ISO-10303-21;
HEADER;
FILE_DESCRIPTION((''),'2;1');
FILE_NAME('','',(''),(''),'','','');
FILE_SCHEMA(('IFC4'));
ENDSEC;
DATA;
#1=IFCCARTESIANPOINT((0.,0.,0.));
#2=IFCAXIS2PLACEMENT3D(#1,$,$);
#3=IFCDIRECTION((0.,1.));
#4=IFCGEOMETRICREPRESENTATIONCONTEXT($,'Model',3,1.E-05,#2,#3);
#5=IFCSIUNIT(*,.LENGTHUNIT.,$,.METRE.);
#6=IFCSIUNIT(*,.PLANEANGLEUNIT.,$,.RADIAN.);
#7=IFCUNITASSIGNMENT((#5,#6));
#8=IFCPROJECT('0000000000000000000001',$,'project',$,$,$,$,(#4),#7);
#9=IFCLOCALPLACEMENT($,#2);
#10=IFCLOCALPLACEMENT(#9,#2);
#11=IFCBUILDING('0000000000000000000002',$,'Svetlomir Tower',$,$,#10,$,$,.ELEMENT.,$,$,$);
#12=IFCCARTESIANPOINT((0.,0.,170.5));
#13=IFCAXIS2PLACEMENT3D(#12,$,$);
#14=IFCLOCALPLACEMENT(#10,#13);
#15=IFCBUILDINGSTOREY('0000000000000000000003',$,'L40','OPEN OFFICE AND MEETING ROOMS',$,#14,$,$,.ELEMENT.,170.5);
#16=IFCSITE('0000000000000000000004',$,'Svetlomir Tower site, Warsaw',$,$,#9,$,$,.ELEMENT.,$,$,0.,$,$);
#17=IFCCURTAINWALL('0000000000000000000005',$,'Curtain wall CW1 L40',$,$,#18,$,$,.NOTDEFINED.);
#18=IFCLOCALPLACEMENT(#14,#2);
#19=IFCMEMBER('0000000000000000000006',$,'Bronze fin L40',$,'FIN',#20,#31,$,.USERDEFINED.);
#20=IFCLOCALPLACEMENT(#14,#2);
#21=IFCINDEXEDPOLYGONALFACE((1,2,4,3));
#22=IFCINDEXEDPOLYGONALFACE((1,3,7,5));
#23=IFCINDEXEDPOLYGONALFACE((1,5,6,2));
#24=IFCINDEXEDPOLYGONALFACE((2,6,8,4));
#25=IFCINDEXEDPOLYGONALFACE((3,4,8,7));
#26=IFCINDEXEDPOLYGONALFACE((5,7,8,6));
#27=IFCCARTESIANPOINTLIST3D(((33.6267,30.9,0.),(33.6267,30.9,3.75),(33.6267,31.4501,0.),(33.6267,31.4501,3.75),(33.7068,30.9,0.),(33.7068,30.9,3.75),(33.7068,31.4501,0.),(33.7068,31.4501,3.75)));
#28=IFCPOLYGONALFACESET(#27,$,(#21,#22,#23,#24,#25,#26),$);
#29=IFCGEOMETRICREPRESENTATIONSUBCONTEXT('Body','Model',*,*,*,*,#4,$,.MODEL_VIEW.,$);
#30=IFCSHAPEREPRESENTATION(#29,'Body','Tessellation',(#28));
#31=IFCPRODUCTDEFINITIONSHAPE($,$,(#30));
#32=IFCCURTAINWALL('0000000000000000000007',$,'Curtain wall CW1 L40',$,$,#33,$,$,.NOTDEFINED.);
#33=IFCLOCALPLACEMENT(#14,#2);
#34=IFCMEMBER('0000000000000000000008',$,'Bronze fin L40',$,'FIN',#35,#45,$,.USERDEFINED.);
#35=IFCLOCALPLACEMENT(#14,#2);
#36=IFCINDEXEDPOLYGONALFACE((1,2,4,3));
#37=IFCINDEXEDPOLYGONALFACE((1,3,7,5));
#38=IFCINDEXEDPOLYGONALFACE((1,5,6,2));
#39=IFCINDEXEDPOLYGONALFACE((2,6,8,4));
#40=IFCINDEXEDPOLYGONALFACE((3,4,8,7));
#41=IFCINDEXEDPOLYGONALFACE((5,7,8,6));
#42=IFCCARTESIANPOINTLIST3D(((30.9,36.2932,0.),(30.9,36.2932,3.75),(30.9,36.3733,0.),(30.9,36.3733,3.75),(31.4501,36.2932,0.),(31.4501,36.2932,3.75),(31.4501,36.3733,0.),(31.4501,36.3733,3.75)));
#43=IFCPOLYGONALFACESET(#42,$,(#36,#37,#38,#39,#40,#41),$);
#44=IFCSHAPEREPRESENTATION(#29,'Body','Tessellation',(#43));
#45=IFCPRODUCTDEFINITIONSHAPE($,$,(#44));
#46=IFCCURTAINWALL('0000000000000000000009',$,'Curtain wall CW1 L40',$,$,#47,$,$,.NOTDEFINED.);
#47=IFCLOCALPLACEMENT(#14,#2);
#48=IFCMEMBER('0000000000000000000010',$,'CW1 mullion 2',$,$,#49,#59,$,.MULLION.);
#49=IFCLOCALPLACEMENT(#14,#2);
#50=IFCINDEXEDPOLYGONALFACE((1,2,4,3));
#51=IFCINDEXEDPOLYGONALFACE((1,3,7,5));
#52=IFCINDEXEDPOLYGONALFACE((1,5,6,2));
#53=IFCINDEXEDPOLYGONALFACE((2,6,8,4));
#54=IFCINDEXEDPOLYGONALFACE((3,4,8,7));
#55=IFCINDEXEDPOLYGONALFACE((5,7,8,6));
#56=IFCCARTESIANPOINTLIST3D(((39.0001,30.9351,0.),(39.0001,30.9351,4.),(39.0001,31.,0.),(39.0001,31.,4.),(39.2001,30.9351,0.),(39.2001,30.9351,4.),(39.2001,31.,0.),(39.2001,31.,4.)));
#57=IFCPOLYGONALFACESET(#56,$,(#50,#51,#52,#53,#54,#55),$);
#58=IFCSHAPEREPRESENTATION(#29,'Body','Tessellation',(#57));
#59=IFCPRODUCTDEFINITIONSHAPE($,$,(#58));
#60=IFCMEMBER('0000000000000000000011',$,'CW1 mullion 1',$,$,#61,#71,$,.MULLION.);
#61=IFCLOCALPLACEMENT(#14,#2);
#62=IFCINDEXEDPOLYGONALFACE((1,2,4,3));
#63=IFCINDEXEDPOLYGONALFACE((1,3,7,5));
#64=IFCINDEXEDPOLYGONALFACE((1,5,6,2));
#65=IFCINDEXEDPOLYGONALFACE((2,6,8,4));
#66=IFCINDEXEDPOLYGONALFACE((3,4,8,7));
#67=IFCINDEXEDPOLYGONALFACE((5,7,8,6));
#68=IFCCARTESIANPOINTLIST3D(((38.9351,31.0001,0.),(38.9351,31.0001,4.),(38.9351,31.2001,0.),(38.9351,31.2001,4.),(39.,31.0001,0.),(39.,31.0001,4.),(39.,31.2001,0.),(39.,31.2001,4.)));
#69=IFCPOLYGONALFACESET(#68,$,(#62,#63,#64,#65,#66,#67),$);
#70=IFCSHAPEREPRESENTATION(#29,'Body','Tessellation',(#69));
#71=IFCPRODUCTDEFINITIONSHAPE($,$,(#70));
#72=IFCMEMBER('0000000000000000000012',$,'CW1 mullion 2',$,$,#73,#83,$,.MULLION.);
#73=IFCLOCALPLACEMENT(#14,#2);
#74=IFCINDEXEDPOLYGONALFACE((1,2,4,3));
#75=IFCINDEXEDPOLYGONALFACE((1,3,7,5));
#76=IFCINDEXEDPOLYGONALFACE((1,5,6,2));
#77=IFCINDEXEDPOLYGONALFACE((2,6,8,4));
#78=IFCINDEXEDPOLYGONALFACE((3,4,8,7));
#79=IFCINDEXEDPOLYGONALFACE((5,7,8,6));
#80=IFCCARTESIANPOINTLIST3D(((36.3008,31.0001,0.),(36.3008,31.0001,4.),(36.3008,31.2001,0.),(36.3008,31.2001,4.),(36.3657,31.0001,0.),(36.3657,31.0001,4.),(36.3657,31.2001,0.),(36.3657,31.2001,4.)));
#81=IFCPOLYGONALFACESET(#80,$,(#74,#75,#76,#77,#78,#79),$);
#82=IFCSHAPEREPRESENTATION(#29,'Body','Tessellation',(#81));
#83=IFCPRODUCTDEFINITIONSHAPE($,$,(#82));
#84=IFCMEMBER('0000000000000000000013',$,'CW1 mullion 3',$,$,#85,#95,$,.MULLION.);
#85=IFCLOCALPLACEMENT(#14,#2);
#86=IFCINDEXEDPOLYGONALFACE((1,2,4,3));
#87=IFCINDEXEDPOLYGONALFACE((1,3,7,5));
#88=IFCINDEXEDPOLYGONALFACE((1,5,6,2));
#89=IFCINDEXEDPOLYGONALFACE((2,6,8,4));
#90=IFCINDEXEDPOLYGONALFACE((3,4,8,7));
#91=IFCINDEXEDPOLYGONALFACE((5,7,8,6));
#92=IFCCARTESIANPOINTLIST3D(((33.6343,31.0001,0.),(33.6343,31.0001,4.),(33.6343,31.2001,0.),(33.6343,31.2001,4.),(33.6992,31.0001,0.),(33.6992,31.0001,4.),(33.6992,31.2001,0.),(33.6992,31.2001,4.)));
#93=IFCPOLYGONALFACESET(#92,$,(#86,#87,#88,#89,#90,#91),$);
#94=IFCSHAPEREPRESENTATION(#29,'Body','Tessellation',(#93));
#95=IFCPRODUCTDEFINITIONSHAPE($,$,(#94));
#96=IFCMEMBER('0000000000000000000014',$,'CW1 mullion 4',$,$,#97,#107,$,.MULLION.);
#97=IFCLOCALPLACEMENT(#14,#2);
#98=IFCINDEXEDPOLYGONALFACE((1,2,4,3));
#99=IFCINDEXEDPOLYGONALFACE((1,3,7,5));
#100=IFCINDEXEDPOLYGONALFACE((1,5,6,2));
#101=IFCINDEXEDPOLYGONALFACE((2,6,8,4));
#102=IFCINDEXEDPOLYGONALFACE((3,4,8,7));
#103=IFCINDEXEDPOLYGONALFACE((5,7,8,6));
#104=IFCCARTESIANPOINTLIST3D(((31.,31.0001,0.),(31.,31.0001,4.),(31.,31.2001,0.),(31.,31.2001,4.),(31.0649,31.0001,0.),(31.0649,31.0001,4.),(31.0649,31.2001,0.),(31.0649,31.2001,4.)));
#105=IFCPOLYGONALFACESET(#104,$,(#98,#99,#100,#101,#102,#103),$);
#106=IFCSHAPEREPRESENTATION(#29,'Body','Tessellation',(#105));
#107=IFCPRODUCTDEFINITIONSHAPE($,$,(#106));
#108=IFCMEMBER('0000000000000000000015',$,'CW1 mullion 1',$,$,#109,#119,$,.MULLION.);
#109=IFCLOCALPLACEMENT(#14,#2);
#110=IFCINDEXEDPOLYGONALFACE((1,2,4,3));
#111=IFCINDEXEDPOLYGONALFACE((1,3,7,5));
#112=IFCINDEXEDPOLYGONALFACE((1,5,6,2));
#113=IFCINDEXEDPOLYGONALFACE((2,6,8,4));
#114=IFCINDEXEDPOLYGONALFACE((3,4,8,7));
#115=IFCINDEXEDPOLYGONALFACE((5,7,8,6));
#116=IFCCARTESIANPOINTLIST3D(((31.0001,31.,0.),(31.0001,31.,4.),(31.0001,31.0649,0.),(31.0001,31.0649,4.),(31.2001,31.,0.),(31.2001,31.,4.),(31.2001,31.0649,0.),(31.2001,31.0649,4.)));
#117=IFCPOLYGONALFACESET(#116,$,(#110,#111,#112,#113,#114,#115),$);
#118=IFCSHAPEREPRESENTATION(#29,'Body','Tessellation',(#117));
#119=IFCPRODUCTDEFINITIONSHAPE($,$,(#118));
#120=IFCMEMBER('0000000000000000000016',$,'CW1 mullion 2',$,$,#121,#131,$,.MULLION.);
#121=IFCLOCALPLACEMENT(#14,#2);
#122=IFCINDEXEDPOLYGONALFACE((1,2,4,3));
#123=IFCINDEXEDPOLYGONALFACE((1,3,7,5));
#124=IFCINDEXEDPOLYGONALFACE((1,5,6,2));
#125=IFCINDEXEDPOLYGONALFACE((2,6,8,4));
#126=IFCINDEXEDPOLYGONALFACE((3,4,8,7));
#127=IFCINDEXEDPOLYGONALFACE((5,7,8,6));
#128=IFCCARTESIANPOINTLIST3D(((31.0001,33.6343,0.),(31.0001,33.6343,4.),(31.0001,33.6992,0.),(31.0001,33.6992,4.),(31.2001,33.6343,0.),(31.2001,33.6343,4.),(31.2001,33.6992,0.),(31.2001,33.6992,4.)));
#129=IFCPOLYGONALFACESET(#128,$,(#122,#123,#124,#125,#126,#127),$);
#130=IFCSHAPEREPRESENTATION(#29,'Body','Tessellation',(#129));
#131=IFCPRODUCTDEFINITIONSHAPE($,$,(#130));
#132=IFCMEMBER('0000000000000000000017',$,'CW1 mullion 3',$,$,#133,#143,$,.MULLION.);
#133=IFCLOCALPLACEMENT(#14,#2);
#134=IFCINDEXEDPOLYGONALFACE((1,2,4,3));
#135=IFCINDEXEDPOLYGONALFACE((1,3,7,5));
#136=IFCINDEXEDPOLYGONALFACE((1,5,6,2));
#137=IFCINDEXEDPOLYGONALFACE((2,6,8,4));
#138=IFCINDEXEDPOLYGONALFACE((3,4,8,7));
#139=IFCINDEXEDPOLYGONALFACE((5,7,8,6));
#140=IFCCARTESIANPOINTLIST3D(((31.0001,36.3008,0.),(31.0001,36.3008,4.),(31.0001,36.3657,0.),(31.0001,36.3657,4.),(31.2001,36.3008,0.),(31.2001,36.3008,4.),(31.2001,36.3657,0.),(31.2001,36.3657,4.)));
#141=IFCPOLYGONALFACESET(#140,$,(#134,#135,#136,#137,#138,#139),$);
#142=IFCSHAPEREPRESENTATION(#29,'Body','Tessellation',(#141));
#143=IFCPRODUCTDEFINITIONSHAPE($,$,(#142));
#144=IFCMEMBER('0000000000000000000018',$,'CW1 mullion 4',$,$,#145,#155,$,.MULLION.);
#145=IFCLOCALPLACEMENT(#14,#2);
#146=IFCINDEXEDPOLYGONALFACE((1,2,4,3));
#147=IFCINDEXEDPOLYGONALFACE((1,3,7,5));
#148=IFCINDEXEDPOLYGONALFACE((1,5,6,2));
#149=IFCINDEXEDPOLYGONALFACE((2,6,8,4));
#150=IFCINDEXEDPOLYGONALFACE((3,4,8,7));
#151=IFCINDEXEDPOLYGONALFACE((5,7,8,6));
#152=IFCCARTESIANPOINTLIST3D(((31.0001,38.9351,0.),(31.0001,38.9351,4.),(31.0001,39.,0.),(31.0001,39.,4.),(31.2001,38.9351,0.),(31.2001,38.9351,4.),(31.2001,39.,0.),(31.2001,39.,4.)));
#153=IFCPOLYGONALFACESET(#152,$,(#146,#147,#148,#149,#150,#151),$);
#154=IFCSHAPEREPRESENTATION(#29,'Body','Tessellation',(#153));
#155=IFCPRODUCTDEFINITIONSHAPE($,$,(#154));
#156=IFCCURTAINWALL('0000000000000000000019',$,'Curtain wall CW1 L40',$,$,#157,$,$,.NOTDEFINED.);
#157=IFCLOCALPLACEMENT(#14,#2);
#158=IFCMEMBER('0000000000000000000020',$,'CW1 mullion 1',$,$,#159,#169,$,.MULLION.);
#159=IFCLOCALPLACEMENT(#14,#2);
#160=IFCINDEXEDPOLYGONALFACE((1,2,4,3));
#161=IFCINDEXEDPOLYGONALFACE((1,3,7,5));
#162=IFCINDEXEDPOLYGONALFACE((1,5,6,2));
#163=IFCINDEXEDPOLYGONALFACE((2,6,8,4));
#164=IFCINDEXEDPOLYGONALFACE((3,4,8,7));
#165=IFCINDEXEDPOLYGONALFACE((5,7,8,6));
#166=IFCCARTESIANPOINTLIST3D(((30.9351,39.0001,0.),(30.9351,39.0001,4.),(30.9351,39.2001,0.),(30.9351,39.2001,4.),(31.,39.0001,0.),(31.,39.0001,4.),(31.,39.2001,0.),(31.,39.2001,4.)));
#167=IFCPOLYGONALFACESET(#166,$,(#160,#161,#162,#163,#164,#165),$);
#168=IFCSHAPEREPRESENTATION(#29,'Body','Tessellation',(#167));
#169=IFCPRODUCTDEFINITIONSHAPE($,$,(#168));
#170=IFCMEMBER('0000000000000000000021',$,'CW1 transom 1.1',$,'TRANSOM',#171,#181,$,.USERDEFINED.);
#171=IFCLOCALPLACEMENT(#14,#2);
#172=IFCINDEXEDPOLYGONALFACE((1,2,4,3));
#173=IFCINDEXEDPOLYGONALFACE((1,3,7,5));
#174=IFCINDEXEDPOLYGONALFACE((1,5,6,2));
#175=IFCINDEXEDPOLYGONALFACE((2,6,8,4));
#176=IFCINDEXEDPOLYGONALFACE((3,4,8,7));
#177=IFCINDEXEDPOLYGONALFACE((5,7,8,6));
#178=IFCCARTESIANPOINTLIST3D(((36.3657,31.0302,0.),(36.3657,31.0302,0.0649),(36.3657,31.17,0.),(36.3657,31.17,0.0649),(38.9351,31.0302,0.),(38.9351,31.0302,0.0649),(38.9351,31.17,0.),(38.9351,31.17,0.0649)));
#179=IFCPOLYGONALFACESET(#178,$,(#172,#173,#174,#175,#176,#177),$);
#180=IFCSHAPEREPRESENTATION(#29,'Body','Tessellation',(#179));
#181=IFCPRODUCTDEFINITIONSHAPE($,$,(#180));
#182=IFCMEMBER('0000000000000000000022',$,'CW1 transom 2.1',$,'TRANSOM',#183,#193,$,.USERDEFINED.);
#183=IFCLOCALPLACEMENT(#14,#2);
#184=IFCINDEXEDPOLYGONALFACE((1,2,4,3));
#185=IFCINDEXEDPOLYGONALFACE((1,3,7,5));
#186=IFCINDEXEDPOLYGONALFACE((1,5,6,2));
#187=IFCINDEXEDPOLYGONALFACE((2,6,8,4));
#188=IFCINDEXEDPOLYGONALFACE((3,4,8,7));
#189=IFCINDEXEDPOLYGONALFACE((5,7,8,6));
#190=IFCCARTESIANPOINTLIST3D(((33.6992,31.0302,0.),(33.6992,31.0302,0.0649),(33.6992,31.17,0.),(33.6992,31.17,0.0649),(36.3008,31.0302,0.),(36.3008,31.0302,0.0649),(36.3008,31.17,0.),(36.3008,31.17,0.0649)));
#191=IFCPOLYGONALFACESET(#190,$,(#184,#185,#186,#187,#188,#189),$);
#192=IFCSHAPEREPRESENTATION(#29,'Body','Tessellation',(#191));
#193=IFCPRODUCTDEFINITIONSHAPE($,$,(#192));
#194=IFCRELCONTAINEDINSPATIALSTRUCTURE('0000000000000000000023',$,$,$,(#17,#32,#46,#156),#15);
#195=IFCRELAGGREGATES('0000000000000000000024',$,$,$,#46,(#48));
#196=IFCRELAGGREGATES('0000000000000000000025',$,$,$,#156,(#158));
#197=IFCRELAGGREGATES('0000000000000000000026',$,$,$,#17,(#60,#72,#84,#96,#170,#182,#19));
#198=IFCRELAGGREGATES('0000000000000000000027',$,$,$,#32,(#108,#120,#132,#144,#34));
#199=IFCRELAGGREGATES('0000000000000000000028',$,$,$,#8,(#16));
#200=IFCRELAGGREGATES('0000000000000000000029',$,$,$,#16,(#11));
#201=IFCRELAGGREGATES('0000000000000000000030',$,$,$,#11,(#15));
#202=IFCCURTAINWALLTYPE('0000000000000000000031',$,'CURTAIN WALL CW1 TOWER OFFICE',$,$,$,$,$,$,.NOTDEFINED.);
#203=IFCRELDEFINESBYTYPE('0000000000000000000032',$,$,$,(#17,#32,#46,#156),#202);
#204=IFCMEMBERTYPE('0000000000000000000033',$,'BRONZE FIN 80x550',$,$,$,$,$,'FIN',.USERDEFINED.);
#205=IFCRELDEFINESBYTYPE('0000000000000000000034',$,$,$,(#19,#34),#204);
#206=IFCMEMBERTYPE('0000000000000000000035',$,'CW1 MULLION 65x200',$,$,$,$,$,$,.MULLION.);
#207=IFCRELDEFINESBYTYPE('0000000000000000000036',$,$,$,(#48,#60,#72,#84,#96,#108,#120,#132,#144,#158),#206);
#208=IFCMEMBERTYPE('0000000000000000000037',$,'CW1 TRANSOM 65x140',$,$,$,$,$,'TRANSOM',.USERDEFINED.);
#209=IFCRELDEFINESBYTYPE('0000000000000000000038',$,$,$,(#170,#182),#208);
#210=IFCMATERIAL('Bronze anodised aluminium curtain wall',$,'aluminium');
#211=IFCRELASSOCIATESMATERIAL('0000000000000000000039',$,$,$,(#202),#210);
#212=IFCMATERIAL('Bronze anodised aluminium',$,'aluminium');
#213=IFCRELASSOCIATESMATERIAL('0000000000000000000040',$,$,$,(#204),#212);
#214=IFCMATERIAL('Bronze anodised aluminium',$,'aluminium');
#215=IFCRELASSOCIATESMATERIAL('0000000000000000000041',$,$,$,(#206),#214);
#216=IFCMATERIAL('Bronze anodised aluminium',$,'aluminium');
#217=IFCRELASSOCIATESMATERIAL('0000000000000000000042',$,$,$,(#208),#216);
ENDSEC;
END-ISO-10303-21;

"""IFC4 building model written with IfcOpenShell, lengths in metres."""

from ifc_helpers import new_model, si_unit, direction, frame, origin, origin_2d, place, context, subcontext, project, spatial, rectangle, extrude, material, material_profile, profile_set, type_object, element, aggregate, save


model = new_model("IFC4")

# Units and contexts
model_context = context("Model", 3, precision=1e-05, world=origin(), true_north=direction((0.0, 1.0)))
body_context = subcontext(model_context, "Body", "Model", "MODEL_VIEW")
ifc_project = project(units=[si_unit("LENGTHUNIT", "METRE"), si_unit("PLANEANGLEUNIT", "RADIAN")], contexts=[model_context])

# Site, building, storey
site_placement = place(None, origin())
site = spatial("IfcSite", under=ifc_project, at=site_placement, Name="Svetlomir Tower site, Warsaw", CompositionType="ELEMENT", RefElevation=0.0)
building_placement = place(site_placement, origin())
building = spatial("IfcBuilding", under=site, at=building_placement, Name="Svetlomir Tower", CompositionType="ELEMENT")
storey_placement = place(building_placement, frame((0.0, 0.0, 170.5)))
storey = spatial("IfcBuildingStorey", under=building, at=storey_placement, Name="L40", Description="OPEN OFFICE AND MEETING ROOMS", CompositionType="ELEMENT", Elevation=170.5)

# Curtain walls, members
ifc_material_1 = material(Name="Bronze anodised aluminium curtain wall", Category="aluminium")
curtain_wall_type = type_object("IfcCurtainWallType", Name="CURTAIN WALL CW1 TOWER OFFICE", PredefinedType="NOTDEFINED", material=ifc_material_1)
curtain_wall_1_placement = place(storey_placement, origin())
curtain_wall_1 = element("IfcCurtainWall", 1, at=curtain_wall_1_placement, inside=storey, type_object=curtain_wall_type, Name="Curtain wall CW1 L40", PredefinedType="NOTDEFINED")
ifc_material_2 = material(Name="Bronze anodised aluminium", Category="aluminium")
ifc_material_profile_1 = material_profile(ifc_material_2, rectangle(XDim=0.0801, YDim=0.55, at=origin_2d()), Name="FIN 80x550")
ifc_profile_set_1 = profile_set([ifc_material_profile_1], Name="Bronze anodised aluminium 6063-T6")
member_type_1 = type_object("IfcMemberType", Name="BRONZE FIN 80x550", ElementType="FIN", PredefinedType="USERDEFINED", material=ifc_profile_set_1)
member_1_placement = place(storey_placement, frame((33.6667, 31.175, 0.0), z_axis=(0.0, 0.0, 1.0), x_axis=(1.0, 0.0, 0.0)))
member_1 = element("IfcMember", 2, at=member_1_placement, type_object=member_type_1, Name="Bronze fin L40", ObjectType="FIN", PredefinedType="USERDEFINED", context=body_context, shape_type="SweptSolid", body=[
    extrude(rectangle(XDim=0.0801, YDim=0.55, at=origin_2d()), origin(), (0.0, 0.0, 1.0), 3.75),
])
curtain_wall_2_placement = place(storey_placement, origin())
curtain_wall_2 = element("IfcCurtainWall", 3, at=curtain_wall_2_placement, inside=storey, type_object=curtain_wall_type, Name="Curtain wall CW1 L40", PredefinedType="NOTDEFINED")
member_2_placement = place(storey_placement, frame((31.175, 36.3333, 0.0), z_axis=(0.0, 0.0, 1.0), x_axis=(0.0, 1.0, 0.0)))
member_2 = element("IfcMember", 4, at=member_2_placement, type_object=member_type_1, Name="Bronze fin L40", ObjectType="FIN", PredefinedType="USERDEFINED", context=body_context, shape_type="SweptSolid", body=[
    extrude(rectangle(XDim=0.0801, YDim=0.55, at=origin_2d()), origin(), (0.0, 0.0, 1.0), 3.75),
])
curtain_wall_3_placement = place(storey_placement, origin())
curtain_wall_3 = element("IfcCurtainWall", 5, at=curtain_wall_3_placement, inside=storey, type_object=curtain_wall_type, Name="Curtain wall CW1 L40", PredefinedType="NOTDEFINED")
ifc_material_3 = material(Name="Bronze anodised aluminium", Category="aluminium")
ifc_material_profile_2 = material_profile(ifc_material_3, rectangle(XDim=0.0649, YDim=0.2, at=origin_2d()), Name="AL 65x200")
ifc_profile_set_2 = profile_set([ifc_material_profile_2], Name="Bronze anodised aluminium 6063-T6")
member_type_2 = type_object("IfcMemberType", Name="CW1 MULLION 65x200", PredefinedType="MULLION", material=ifc_profile_set_2)
member_3_placement = place(storey_placement, frame((39.1001, 30.9675, 0.0), z_axis=(0.0, 0.0, 1.0), x_axis=(0.0, 1.0, 0.0)))
member_3 = element("IfcMember", 6, at=member_3_placement, type_object=member_type_2, Name="CW1 mullion 2", PredefinedType="MULLION", context=body_context, shape_type="SweptSolid", body=[
    extrude(rectangle(XDim=0.0649, YDim=0.2, at=origin_2d()), origin(), (0.0, 0.0, 1.0), 4.0),
])
aggregate(curtain_wall_3, [member_3])

# Members
member_4_placement = place(storey_placement, frame((38.9675, 31.1001, 0.0), z_axis=(0.0, 0.0, 1.0), x_axis=(-1.0, 0.0, 0.0)))
member_4 = element("IfcMember", 7, at=member_4_placement, type_object=member_type_2, Name="CW1 mullion 1", PredefinedType="MULLION", context=body_context, shape_type="SweptSolid", body=[
    extrude(rectangle(XDim=0.0649, YDim=0.2, at=origin_2d()), origin(), (0.0, 0.0, 1.0), 4.0),
])
member_5_placement = place(storey_placement, frame((36.3333, 31.1001, 0.0), z_axis=(0.0, 0.0, 1.0), x_axis=(-1.0, 0.0, 0.0)))
member_5 = element("IfcMember", 8, at=member_5_placement, type_object=member_type_2, Name="CW1 mullion 2", PredefinedType="MULLION", context=body_context, shape_type="SweptSolid", body=[
    extrude(rectangle(XDim=0.0649, YDim=0.2, at=origin_2d()), origin(), (0.0, 0.0, 1.0), 4.0),
])
member_6_placement = place(storey_placement, frame((33.6667, 31.1001, 0.0), z_axis=(0.0, 0.0, 1.0), x_axis=(-1.0, 0.0, 0.0)))
member_6 = element("IfcMember", 9, at=member_6_placement, type_object=member_type_2, Name="CW1 mullion 3", PredefinedType="MULLION", context=body_context, shape_type="SweptSolid", body=[
    extrude(rectangle(XDim=0.0649, YDim=0.2, at=origin_2d()), origin(), (0.0, 0.0, 1.0), 4.0),
])
member_7_placement = place(storey_placement, frame((31.0325, 31.1001, 0.0), z_axis=(0.0, 0.0, 1.0), x_axis=(-1.0, 0.0, 0.0)))
member_7 = element("IfcMember", 10, at=member_7_placement, type_object=member_type_2, Name="CW1 mullion 4", PredefinedType="MULLION", context=body_context, shape_type="SweptSolid", body=[
    extrude(rectangle(XDim=0.0649, YDim=0.2, at=origin_2d()), origin(), (0.0, 0.0, 1.0), 4.0),
])
member_8_placement = place(storey_placement, frame((31.1001, 31.0325, 0.0), z_axis=(0.0, 0.0, 1.0), x_axis=(0.0, 1.0, 0.0)))
member_8 = element("IfcMember", 11, at=member_8_placement, type_object=member_type_2, Name="CW1 mullion 1", PredefinedType="MULLION", context=body_context, shape_type="SweptSolid", body=[
    extrude(rectangle(XDim=0.0649, YDim=0.2, at=origin_2d()), origin(), (0.0, 0.0, 1.0), 4.0),
])
member_9_placement = place(storey_placement, frame((31.1001, 33.6667, 0.0), z_axis=(0.0, 0.0, 1.0), x_axis=(0.0, 1.0, 0.0)))
member_9 = element("IfcMember", 12, at=member_9_placement, type_object=member_type_2, Name="CW1 mullion 2", PredefinedType="MULLION", context=body_context, shape_type="SweptSolid", body=[
    extrude(rectangle(XDim=0.0649, YDim=0.2, at=origin_2d()), origin(), (0.0, 0.0, 1.0), 4.0),
])
member_10_placement = place(storey_placement, frame((31.1001, 36.3333, 0.0), z_axis=(0.0, 0.0, 1.0), x_axis=(0.0, 1.0, 0.0)))
member_10 = element("IfcMember", 13, at=member_10_placement, type_object=member_type_2, Name="CW1 mullion 3", PredefinedType="MULLION", context=body_context, shape_type="SweptSolid", body=[
    extrude(rectangle(XDim=0.0649, YDim=0.2, at=origin_2d()), origin(), (0.0, 0.0, 1.0), 4.0),
])
member_11_placement = place(storey_placement, frame((31.1001, 38.9675, 0.0), z_axis=(0.0, 0.0, 1.0), x_axis=(0.0, 1.0, 0.0)))
member_11 = element("IfcMember", 14, at=member_11_placement, type_object=member_type_2, Name="CW1 mullion 4", PredefinedType="MULLION", context=body_context, shape_type="SweptSolid", body=[
    extrude(rectangle(XDim=0.0649, YDim=0.2, at=origin_2d()), origin(), (0.0, 0.0, 1.0), 4.0),
])

# Curtain wall, member
curtain_wall_4_placement = place(storey_placement, origin())
curtain_wall_4 = element("IfcCurtainWall", 15, at=curtain_wall_4_placement, inside=storey, type_object=curtain_wall_type, Name="Curtain wall CW1 L40", PredefinedType="NOTDEFINED")
member_12_placement = place(storey_placement, frame((30.9675, 39.1001, 0.0), z_axis=(0.0, 0.0, 1.0), x_axis=(-1.0, 0.0, 0.0)))
member_12 = element("IfcMember", 16, at=member_12_placement, type_object=member_type_2, Name="CW1 mullion 1", PredefinedType="MULLION", context=body_context, shape_type="SweptSolid", body=[
    extrude(rectangle(XDim=0.0649, YDim=0.2, at=origin_2d()), origin(), (0.0, 0.0, 1.0), 4.0),
])

# Members
ifc_material_4 = material(Name="Bronze anodised aluminium", Category="aluminium")
ifc_material_profile_3 = material_profile(ifc_material_4, rectangle(XDim=0.1399, YDim=0.0649, at=origin_2d()), Name="AL 140x65")
ifc_profile_set_3 = profile_set([ifc_material_profile_3], Name="Bronze anodised aluminium 6063-T6")
member_type_3 = type_object("IfcMemberType", Name="CW1 TRANSOM 65x140", ElementType="TRANSOM", PredefinedType="USERDEFINED", material=ifc_profile_set_3)
member_13_placement = place(storey_placement, frame((38.9351, 31.1001, 0.0325), z_axis=(-1.0, 0.0, 0.0), x_axis=(0.0, -1.0, 0.0)))
member_13 = element("IfcMember", 17, at=member_13_placement, type_object=member_type_3, Name="CW1 transom 1.1", ObjectType="TRANSOM", PredefinedType="USERDEFINED", context=body_context, shape_type="SweptSolid", body=[
    extrude(rectangle(XDim=0.1399, YDim=0.0649, at=origin_2d()), origin(), (0.0, 0.0, 1.0), 2.5693),
])
member_14_placement = place(storey_placement, frame((36.3008, 31.1001, 0.0325), z_axis=(-1.0, 0.0, 0.0), x_axis=(0.0, -1.0, 0.0)))
member_14 = element("IfcMember", 18, at=member_14_placement, type_object=member_type_3, Name="CW1 transom 2.1", ObjectType="TRANSOM", PredefinedType="USERDEFINED", context=body_context, shape_type="SweptSolid", body=[
    extrude(rectangle(XDim=0.1399, YDim=0.0649, at=origin_2d()), origin(), (0.0, 0.0, 1.0), 2.6016),
])
aggregate(curtain_wall_4, [member_12])

aggregate(curtain_wall_1, [member_4, member_5, member_6, member_7, member_13, member_14, member_1])
aggregate(curtain_wall_2, [member_8, member_9, member_10, member_11, member_2])

save(model, "model.ifc")
